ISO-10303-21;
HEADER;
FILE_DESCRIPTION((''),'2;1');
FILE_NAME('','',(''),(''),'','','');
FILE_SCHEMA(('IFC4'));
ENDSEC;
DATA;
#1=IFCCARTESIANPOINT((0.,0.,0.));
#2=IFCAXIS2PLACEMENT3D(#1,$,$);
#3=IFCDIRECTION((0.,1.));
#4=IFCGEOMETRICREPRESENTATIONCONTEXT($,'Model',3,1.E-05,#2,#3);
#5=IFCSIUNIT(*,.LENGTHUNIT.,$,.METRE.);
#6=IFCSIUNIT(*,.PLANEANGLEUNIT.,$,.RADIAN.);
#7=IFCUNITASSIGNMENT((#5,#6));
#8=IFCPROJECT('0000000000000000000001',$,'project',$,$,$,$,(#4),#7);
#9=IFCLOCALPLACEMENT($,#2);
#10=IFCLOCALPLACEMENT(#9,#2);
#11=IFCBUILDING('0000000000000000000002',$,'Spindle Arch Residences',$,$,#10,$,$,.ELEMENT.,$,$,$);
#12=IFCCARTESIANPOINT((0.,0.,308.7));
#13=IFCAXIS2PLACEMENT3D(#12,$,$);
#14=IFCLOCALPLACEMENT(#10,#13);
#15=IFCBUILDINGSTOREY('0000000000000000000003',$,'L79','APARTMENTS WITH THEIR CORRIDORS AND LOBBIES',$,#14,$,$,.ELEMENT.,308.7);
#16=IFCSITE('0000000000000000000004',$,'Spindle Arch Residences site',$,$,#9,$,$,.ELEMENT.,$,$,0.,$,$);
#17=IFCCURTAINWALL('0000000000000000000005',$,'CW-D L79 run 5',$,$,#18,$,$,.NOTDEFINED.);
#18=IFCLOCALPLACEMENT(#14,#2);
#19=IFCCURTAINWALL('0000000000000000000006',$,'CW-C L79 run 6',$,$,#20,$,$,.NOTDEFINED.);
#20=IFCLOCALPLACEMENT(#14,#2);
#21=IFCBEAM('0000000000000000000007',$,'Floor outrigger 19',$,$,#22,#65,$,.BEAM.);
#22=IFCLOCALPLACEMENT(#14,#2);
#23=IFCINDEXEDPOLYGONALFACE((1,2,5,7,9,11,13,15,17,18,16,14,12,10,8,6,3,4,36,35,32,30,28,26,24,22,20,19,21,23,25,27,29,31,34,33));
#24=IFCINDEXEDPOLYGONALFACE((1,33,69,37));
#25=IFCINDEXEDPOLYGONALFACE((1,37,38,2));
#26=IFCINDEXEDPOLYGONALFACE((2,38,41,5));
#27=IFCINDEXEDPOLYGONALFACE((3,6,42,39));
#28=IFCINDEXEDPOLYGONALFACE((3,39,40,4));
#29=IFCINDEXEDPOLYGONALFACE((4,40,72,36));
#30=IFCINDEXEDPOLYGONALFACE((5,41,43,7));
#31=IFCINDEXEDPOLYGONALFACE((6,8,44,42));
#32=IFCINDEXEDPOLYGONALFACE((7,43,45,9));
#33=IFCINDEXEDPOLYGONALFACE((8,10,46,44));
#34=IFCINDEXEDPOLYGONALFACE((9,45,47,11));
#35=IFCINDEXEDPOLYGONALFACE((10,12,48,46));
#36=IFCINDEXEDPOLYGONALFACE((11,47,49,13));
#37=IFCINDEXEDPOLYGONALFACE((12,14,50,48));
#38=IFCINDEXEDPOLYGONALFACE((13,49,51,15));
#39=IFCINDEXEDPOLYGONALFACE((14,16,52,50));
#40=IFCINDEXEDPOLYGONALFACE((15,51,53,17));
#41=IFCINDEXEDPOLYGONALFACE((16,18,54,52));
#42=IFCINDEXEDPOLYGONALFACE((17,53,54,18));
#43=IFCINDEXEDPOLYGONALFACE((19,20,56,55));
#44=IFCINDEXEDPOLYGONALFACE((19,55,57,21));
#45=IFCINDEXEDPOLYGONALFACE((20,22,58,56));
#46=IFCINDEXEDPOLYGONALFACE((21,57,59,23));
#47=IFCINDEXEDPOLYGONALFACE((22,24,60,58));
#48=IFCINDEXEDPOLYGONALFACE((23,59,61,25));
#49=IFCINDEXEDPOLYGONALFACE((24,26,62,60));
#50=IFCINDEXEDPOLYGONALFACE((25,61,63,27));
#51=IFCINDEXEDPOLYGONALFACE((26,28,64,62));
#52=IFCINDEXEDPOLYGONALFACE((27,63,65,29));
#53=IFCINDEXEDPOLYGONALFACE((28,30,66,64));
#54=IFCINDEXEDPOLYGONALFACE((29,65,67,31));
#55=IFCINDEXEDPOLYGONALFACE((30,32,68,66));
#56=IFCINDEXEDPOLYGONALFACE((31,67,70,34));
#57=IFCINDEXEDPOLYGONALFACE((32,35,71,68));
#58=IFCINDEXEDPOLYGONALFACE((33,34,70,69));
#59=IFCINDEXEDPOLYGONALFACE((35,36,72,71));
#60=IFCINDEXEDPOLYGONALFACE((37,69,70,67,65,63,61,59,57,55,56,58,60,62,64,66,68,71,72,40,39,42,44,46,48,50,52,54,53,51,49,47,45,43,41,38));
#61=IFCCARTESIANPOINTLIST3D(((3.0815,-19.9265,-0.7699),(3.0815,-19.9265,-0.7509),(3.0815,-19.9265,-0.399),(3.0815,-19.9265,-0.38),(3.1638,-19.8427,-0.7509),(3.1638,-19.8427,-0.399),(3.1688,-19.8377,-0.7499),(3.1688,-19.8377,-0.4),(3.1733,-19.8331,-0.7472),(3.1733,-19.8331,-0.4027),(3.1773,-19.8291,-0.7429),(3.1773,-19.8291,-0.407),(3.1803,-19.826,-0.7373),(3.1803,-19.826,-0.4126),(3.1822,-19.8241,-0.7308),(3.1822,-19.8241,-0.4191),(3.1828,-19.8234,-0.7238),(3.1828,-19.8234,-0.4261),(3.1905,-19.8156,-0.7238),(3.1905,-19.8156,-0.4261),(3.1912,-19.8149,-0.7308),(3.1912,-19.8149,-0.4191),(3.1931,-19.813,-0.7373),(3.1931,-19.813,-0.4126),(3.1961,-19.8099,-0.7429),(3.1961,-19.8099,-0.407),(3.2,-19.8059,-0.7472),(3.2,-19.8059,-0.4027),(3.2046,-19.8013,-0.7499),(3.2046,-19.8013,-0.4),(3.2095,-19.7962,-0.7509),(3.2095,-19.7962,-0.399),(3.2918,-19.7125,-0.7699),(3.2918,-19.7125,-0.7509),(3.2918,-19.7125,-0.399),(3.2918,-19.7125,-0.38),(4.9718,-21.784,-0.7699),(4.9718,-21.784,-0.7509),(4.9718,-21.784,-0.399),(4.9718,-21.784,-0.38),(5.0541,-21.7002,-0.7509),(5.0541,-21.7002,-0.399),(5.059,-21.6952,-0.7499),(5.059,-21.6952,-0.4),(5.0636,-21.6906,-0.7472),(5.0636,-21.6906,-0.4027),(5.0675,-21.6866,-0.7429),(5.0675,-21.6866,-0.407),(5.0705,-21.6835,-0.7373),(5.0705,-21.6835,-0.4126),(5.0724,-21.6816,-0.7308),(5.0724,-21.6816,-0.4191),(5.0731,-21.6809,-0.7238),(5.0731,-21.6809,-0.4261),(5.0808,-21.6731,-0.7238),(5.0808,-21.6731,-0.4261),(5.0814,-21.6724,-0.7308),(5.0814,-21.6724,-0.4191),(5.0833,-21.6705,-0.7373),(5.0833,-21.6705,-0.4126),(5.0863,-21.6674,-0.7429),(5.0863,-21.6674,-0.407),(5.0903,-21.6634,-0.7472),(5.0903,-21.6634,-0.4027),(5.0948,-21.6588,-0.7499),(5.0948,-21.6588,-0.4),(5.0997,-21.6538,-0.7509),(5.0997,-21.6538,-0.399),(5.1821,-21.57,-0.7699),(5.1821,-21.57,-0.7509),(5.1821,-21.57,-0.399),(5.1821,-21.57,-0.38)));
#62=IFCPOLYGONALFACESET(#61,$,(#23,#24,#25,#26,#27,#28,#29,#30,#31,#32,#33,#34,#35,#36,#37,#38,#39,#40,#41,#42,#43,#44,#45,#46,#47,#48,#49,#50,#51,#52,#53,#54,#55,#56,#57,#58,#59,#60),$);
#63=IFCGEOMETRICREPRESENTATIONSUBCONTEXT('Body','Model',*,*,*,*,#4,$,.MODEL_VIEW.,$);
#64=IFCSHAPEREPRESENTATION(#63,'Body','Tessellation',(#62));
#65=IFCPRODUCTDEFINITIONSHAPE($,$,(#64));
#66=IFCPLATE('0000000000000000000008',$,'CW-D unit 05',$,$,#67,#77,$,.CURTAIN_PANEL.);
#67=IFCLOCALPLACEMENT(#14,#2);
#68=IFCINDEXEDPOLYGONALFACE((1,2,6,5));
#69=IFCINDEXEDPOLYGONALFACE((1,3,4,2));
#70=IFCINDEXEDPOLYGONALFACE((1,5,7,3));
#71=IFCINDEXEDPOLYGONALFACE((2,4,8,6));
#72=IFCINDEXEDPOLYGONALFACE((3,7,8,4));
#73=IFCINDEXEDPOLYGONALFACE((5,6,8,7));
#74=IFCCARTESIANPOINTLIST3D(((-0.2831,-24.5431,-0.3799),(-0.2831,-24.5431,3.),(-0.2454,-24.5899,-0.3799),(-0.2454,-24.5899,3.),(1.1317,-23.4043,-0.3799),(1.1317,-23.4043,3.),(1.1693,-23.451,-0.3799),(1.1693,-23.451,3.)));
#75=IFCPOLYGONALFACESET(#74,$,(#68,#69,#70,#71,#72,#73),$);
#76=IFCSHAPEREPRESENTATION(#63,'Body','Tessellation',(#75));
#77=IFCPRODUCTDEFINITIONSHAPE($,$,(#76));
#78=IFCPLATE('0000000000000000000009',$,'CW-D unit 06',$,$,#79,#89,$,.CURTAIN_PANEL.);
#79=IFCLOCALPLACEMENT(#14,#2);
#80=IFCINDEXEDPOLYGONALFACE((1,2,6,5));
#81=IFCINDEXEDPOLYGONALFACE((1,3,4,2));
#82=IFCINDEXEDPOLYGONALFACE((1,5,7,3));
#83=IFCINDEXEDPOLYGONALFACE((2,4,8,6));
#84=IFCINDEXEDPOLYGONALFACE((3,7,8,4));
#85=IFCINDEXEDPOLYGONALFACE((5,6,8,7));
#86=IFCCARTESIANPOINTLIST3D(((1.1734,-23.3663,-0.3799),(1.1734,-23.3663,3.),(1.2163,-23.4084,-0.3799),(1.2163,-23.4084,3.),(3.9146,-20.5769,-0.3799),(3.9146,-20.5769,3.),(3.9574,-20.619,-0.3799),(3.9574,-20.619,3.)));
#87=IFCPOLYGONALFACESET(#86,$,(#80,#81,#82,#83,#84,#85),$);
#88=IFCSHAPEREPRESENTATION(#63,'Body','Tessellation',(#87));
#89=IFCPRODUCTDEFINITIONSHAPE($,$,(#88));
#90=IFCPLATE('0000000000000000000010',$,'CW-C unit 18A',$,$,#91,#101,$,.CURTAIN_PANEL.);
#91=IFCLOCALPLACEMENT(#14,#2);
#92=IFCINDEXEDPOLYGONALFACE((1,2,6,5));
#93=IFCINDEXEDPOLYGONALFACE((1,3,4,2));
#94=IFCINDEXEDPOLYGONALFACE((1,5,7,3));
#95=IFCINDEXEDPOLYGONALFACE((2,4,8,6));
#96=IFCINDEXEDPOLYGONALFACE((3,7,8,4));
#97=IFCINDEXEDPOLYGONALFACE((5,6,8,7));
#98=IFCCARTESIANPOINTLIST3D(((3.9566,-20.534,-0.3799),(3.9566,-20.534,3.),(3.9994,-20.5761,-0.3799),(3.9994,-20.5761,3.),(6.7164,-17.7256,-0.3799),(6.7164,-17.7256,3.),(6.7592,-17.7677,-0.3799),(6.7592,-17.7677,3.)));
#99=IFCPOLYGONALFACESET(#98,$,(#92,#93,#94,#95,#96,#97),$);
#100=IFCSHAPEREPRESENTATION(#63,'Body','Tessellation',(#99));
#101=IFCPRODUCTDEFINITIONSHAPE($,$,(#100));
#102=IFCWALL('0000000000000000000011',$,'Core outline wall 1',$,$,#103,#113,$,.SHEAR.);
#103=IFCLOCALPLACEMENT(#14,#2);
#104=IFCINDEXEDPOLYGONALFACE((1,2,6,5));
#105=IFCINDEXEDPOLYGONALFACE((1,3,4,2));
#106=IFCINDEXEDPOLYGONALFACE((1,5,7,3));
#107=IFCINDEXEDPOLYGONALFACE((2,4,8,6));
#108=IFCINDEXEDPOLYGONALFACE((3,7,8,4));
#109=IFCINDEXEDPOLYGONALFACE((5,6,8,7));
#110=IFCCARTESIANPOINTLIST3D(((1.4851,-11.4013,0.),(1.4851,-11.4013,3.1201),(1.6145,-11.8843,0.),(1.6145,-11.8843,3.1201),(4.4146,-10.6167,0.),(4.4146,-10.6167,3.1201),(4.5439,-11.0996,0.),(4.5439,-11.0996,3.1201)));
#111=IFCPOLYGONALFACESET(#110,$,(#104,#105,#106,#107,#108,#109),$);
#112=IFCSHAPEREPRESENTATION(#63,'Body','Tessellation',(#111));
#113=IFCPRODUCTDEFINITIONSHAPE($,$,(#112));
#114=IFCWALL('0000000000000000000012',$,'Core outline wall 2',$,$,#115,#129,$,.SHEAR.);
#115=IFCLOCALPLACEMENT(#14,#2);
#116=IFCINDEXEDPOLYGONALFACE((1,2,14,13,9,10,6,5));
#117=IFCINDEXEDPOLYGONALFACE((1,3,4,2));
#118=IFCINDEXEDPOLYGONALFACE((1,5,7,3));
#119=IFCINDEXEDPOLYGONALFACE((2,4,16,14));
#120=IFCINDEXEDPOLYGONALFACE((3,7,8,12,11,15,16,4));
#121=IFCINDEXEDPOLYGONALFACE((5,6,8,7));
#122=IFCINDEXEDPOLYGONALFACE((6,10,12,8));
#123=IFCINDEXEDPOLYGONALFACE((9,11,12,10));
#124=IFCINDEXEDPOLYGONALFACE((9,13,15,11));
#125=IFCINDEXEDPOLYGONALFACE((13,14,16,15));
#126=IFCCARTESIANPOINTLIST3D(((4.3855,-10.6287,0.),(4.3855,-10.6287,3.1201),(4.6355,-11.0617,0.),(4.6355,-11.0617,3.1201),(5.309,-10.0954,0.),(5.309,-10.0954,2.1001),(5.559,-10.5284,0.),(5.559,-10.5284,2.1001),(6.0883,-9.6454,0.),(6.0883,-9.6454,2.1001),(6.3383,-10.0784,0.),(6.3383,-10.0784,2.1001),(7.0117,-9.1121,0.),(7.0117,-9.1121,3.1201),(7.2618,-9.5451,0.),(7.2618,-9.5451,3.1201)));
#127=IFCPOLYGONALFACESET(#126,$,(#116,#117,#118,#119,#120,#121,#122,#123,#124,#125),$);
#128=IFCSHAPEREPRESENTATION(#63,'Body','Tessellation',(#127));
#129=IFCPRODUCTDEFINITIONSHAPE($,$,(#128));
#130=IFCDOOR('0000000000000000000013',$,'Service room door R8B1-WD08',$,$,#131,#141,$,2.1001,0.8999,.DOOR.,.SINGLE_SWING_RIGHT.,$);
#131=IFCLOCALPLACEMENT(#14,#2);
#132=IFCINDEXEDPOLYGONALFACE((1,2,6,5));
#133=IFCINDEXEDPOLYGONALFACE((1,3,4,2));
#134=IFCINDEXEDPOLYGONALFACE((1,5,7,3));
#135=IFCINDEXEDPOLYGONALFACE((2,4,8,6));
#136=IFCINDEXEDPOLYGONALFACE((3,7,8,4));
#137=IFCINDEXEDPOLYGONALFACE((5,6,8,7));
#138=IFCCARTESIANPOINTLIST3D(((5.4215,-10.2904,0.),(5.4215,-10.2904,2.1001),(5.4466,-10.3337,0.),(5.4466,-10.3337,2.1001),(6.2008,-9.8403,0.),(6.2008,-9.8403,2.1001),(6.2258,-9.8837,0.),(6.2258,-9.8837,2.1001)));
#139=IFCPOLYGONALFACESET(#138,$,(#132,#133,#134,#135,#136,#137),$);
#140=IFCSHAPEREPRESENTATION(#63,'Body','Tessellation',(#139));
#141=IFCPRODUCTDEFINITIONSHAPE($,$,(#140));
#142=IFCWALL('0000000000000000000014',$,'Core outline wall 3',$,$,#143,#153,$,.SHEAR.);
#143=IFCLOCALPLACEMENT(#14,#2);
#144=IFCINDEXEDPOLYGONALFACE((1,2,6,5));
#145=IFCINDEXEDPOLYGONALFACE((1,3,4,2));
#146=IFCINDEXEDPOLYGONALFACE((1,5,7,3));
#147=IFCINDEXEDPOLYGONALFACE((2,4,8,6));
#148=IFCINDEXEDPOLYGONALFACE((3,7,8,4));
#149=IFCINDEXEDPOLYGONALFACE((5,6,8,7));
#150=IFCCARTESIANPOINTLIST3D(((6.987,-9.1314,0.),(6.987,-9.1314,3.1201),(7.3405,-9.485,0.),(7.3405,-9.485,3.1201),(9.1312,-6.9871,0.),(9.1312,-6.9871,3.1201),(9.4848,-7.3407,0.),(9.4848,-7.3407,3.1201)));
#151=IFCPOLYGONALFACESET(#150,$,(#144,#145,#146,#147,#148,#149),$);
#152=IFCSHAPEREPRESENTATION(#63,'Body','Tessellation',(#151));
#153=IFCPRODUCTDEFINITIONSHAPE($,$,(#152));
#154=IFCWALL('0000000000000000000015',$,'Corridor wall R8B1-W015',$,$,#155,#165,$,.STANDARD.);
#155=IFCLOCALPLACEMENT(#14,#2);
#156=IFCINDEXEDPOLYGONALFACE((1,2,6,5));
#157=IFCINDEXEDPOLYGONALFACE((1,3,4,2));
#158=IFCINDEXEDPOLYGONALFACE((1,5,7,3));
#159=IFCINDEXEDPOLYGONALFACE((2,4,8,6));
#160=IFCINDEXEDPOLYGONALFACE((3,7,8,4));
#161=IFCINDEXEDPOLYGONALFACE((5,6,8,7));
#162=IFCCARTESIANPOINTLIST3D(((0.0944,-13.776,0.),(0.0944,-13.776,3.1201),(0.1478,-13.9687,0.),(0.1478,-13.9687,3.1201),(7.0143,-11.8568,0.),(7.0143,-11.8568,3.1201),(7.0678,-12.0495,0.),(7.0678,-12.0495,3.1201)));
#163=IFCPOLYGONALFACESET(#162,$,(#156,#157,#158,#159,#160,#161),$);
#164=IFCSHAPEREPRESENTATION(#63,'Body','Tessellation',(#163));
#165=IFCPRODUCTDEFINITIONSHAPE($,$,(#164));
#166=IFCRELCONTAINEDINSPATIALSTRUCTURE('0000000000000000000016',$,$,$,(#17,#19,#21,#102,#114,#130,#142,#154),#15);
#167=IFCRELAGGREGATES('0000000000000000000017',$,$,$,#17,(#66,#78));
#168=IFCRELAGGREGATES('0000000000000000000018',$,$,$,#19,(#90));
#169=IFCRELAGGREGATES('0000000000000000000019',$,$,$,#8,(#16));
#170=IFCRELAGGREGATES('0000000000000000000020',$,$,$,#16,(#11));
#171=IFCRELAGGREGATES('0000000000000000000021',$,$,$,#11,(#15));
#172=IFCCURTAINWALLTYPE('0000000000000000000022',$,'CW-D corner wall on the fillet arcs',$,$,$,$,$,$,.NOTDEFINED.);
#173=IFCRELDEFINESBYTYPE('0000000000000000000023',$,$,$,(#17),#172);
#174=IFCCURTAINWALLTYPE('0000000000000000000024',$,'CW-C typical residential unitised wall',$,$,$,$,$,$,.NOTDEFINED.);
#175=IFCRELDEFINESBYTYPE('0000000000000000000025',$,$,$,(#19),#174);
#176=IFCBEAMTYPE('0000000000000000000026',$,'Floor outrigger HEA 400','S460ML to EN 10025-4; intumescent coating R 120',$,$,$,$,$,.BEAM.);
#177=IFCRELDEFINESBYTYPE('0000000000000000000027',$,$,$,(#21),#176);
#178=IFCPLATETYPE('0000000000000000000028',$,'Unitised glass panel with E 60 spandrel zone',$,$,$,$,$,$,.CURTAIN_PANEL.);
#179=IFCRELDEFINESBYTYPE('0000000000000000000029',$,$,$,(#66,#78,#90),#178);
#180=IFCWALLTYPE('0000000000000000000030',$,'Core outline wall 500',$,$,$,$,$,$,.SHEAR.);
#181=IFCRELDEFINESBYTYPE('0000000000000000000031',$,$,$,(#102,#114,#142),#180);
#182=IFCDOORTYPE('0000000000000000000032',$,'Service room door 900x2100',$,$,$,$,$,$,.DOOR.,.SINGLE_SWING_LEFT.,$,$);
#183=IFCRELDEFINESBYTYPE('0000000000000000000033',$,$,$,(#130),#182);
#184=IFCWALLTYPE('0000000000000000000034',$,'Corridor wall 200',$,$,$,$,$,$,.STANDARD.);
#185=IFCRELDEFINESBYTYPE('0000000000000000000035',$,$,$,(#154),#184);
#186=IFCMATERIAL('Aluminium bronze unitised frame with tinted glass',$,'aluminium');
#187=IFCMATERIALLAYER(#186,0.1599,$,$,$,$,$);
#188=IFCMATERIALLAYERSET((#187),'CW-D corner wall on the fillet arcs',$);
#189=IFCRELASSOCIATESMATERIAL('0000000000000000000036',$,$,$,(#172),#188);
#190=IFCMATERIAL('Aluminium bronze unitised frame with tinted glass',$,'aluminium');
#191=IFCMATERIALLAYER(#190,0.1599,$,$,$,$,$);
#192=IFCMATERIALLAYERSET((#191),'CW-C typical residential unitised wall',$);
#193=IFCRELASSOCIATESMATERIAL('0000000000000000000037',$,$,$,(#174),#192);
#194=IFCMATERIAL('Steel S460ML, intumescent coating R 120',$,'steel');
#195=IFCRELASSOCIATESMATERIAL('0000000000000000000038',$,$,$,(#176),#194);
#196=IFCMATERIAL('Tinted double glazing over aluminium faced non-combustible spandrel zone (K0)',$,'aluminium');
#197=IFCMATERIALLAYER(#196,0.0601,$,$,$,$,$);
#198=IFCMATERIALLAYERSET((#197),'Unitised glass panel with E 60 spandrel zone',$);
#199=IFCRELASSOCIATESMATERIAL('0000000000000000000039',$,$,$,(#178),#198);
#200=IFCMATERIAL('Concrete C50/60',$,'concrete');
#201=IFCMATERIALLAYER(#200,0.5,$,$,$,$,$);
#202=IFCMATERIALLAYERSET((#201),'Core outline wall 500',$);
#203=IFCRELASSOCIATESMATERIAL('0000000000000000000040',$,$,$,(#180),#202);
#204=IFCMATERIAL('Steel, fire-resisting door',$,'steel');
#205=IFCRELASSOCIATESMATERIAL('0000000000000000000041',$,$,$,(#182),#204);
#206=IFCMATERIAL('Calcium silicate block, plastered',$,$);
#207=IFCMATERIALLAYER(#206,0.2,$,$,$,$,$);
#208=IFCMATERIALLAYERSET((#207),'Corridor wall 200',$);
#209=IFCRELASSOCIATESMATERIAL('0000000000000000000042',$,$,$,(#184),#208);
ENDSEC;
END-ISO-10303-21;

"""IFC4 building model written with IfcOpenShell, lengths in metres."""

from ifc_helpers import new_model, si_unit, direction, frame, frame_2d, origin, origin_2d, place, context, subcontext, project, spatial, rectangle, i_section, extrude, material, layer, layer_set, material_profile, profile_set, type_object, element, fill, aggregate, save


model = new_model("IFC4")

# Units and contexts
model_context = context("Model", 3, precision=1e-05, world=origin(), true_north=direction((0.0, 1.0)))
body_context = subcontext(model_context, "Body", "Model", "MODEL_VIEW")
ifc_project = project(units=[si_unit("LENGTHUNIT", "METRE"), si_unit("PLANEANGLEUNIT", "RADIAN")], contexts=[model_context])

# Site, building, storey
site_placement = place(None, origin())
site = spatial("IfcSite", under=ifc_project, at=site_placement, Name="Spindle Arch Residences site", CompositionType="ELEMENT", RefElevation=0.0)
building_placement = place(site_placement, origin())
building = spatial("IfcBuilding", under=site, at=building_placement, Name="Spindle Arch Residences", CompositionType="ELEMENT")
storey_placement = place(building_placement, frame((0.0, 0.0, 308.7)))
storey = spatial("IfcBuildingStorey", under=building, at=storey_placement, Name="L79", Description="APARTMENTS WITH THEIR CORRIDORS AND LOBBIES", CompositionType="ELEMENT", Elevation=308.7)

# Curtain walls
ifc_material_1 = material(Name="Aluminium bronze unitised frame with tinted glass", Category="aluminium")
ifc_layer_1 = layer(ifc_material_1, 0.1599)
ifc_layer_set_1 = layer_set([ifc_layer_1], Name="CW-D corner wall on the fillet arcs")
curtain_wall_type_1 = type_object("IfcCurtainWallType", Name="CW-D corner wall on the fillet arcs", PredefinedType="NOTDEFINED", material=ifc_layer_set_1)
curtain_wall_1_placement = place(storey_placement, origin())
curtain_wall_1 = element("IfcCurtainWall", 1, at=curtain_wall_1_placement, inside=storey, type_object=curtain_wall_type_1, Name="CW-D L79 run 5", PredefinedType="NOTDEFINED")
ifc_material_2 = material(Name="Aluminium bronze unitised frame with tinted glass", Category="aluminium")
ifc_layer_2 = layer(ifc_material_2, 0.1599)
ifc_layer_set_2 = layer_set([ifc_layer_2], Name="CW-C typical residential unitised wall")
curtain_wall_type_2 = type_object("IfcCurtainWallType", Name="CW-C typical residential unitised wall", PredefinedType="NOTDEFINED", material=ifc_layer_set_2)
curtain_wall_2_placement = place(storey_placement, origin())
curtain_wall_2 = element("IfcCurtainWall", 2, at=curtain_wall_2_placement, inside=storey, type_object=curtain_wall_type_2, Name="CW-C L79 run 6", PredefinedType="NOTDEFINED")

# Beam
ifc_material_3 = material(Name="Steel S460ML, intumescent coating R 120", Category="steel")
ifc_material_profile_1 = material_profile(ifc_material_3, i_section(OverallWidth=0.3, OverallDepth=0.3899, WebThickness=0.011, FlangeThickness=0.019, FilletRadius=0.0271, at=origin_2d()), Name="HEA 400")
ifc_profile_set_1 = profile_set([ifc_material_profile_1], Name="Steel S460ML, intumescent coating R 120")
beam_type_1 = type_object("IfcBeamType", Name="Floor outrigger HEA 400", Description="S460ML to EN 10025-4; intumescent coating R 120", PredefinedType="BEAM", material=ifc_profile_set_1)
beam_1_placement = place(storey_placement, frame((5.0769, -21.677, -0.575), z_axis=(-0.713252, 0.700907, 0.0), x_axis=(-0.700907, -0.713252, 0.0)))
element("IfcBeam", 3, at=beam_1_placement, inside=storey, type_object=beam_type_1, Name="Floor outrigger 19", PredefinedType="BEAM", context=body_context, shape_type="SweptSolid", body=[
    extrude(i_section(OverallWidth=0.3, OverallDepth=0.3899, WebThickness=0.011, FlangeThickness=0.019, FilletRadius=0.0271, at=origin_2d()), origin(), (0.0, 0.0, 1.0), 2.6501),
])

# Plates
ifc_material_4 = material(Name="Tinted double glazing over aluminium faced non-combustible spandrel zone (K0)", Category="aluminium")
ifc_layer_3 = layer(ifc_material_4, 0.0601)
ifc_layer_set_3 = layer_set([ifc_layer_3], Name="Unitised glass panel with E 60 spandrel zone")
plate_type = type_object("IfcPlateType", Name="Unitised glass panel with E 60 spandrel zone", PredefinedType="CURTAIN_PANEL", material=ifc_layer_set_3)
plate_1_placement = place(storey_placement, frame((0.4431, -23.9971, -0.3799), z_axis=(0.0, 0.0, 1.0), x_axis=(0.778973, 0.627057, 0.0)))
plate_1 = element("IfcPlate", 4, at=plate_1_placement, type_object=plate_type, Name="CW-D unit 05", PredefinedType="CURTAIN_PANEL", context=body_context, shape_type="SweptSolid", body=[
    extrude(rectangle(XDim=1.8162, YDim=0.0601, at=origin_2d()), origin(), (0.0, 0.0, 1.0), 3.3799),
])
plate_2_placement = place(storey_placement, frame((2.5654, -21.9927, -0.3799), z_axis=(0.0, 0.0, 1.0), x_axis=(0.700909, 0.71325, 0.0)))
plate_2 = element("IfcPlate", 5, at=plate_2_placement, type_object=plate_type, Name="CW-D unit 06", PredefinedType="CURTAIN_PANEL", context=body_context, shape_type="SweptSolid", body=[
    extrude(rectangle(XDim=3.9109, YDim=0.0601, at=origin_2d()), origin(), (0.0, 0.0, 1.0), 3.3799),
])
aggregate(curtain_wall_1, [plate_1, plate_2])
plate_3_placement = place(storey_placement, frame((5.3579, -19.1509, -0.3799), z_axis=(0.0, 0.0, 1.0), x_axis=(0.700909, 0.71325, 0.0)))
plate_3 = element("IfcPlate", 6, at=plate_3_placement, type_object=plate_type, Name="CW-C unit 18A", PredefinedType="CURTAIN_PANEL", context=body_context, shape_type="SweptSolid", body=[
    extrude(rectangle(XDim=3.9375, YDim=0.0601, at=origin_2d()), origin(), (0.0, 0.0, 1.0), 3.3799),
])
aggregate(curtain_wall_2, [plate_3])

# Wall
ifc_material_5 = material(Name="Concrete C50/60", Category="concrete")
ifc_layer_4 = layer(ifc_material_5, 0.5)
ifc_layer_set_4 = layer_set([ifc_layer_4], Name="Core outline wall 500")
wall_type_1 = type_object("IfcWallType", Name="Core outline wall 500", PredefinedType="SHEAR", material=ifc_layer_set_4)
wall_1_placement = place(storey_placement, frame((1.5498, -11.6428, 0.0), z_axis=(0.0, 0.0, 1.0), x_axis=(0.965948, 0.258735, 0.0)))
element("IfcWall", 7, at=wall_1_placement, inside=storey, type_object=wall_type_1, Name="Core outline wall 1", PredefinedType="SHEAR", context=body_context, shape_type="SweptSolid", body=[
    extrude(rectangle(XDim=3.0327, YDim=0.5, at=frame_2d((1.5164, 0.0))), origin(), (0.0, 0.0, 1.0), 3.1201),
])

# Wall, opening, door
wall_2_placement = place(storey_placement, frame((4.5105, -10.8452, 0.0), z_axis=(0.0, 0.0, 1.0), x_axis=(0.865975, 0.500087, 0.0)))
wall_2 = element("IfcWall", 8, at=wall_2_placement, inside=storey, type_object=wall_type_1, Name="Core outline wall 2", PredefinedType="SHEAR", context=body_context, shape_type="SweptSolid", body=[
    extrude(rectangle(XDim=3.0327, YDim=0.5, at=frame_2d((1.5164, 0.0))), origin(), (0.0, 0.0, 1.0), 3.1201),
])
opening_1_placement = place(wall_2_placement, frame((1.0664, 0.0, 0.0)))
opening_1 = element("IfcOpeningElement", 9, at=opening_1_placement, cuts=wall_2, PredefinedType="OPENING", context=body_context, shape_type="SweptSolid", body=[
    extrude(rectangle(XDim=0.8999, YDim=2.1001, at=frame_2d((0.45, 1.05))), frame((0.0, 0.26, 0.0), z_axis=(0.0, -1.0, 0.0), x_axis=(1.0, 0.0, 0.0)), (0.0, 0.0, 1.0), 0.52),
])
ifc_material_6 = material(Name="Steel, fire-resisting door", Category="steel")
door_type_1 = type_object("IfcDoorType", Name="Service room door 900x2100", OperationType="SINGLE_SWING_LEFT", PredefinedType="DOOR", material=ifc_material_6)
door_1_placement = place(opening_1_placement, origin())
door_1 = element("IfcDoor", 10, at=door_1_placement, inside=storey, type_object=door_type_1, Name="Service room door R8B1-WD08", OperationType="SINGLE_SWING_RIGHT", OverallHeight=2.1001, OverallWidth=0.8999, PredefinedType="DOOR", context=body_context, shape_type="SweptSolid", body=[
    extrude(rectangle(XDim=0.8999, YDim=2.1001, at=frame_2d((0.45, 1.05))), frame((0.0, 0.0249, 0.0), z_axis=(0.0, -1.0, 0.0), x_axis=(1.0, 0.0, 0.0)), (0.0, 0.0, 1.0), 0.05),
])
fill(opening_1, door_1)

# Walls
wall_3_placement = place(storey_placement, frame((7.1638, -9.3081, 0.0), z_axis=(0.0, 0.0, 1.0), x_axis=(0.707107, 0.707107, 0.0)))
element("IfcWall", 11, at=wall_3_placement, inside=storey, type_object=wall_type_1, Name="Core outline wall 3", PredefinedType="SHEAR", context=body_context, shape_type="SweptSolid", body=[
    extrude(rectangle(XDim=3.0325, YDim=0.5, at=frame_2d((1.5161, 0.0))), origin(), (0.0, 0.0, 1.0), 3.1201),
])
ifc_material_7 = material(Name="Calcium silicate block, plastered")
ifc_layer_5 = layer(ifc_material_7, 0.2)
ifc_layer_set_5 = layer_set([ifc_layer_5], Name="Corridor wall 200")
wall_type_2 = type_object("IfcWallType", Name="Corridor wall 200", PredefinedType="STANDARD", material=ifc_layer_set_5)
wall_4_placement = place(storey_placement, frame((0.1211, -13.8723, 0.0), z_axis=(0.0, 0.0, 1.0), x_axis=(0.963626, 0.267255, 0.0)))
element("IfcWall", 12, at=wall_4_placement, inside=storey, type_object=wall_type_2, Name="Corridor wall R8B1-W015", PredefinedType="STANDARD", context=body_context, shape_type="SweptSolid", body=[
    extrude(rectangle(XDim=7.1812, YDim=0.2, at=frame_2d((3.5906, 0.0))), origin(), (0.0, 0.0, 1.0), 3.1201),
])

save(model, "model.ifc")
